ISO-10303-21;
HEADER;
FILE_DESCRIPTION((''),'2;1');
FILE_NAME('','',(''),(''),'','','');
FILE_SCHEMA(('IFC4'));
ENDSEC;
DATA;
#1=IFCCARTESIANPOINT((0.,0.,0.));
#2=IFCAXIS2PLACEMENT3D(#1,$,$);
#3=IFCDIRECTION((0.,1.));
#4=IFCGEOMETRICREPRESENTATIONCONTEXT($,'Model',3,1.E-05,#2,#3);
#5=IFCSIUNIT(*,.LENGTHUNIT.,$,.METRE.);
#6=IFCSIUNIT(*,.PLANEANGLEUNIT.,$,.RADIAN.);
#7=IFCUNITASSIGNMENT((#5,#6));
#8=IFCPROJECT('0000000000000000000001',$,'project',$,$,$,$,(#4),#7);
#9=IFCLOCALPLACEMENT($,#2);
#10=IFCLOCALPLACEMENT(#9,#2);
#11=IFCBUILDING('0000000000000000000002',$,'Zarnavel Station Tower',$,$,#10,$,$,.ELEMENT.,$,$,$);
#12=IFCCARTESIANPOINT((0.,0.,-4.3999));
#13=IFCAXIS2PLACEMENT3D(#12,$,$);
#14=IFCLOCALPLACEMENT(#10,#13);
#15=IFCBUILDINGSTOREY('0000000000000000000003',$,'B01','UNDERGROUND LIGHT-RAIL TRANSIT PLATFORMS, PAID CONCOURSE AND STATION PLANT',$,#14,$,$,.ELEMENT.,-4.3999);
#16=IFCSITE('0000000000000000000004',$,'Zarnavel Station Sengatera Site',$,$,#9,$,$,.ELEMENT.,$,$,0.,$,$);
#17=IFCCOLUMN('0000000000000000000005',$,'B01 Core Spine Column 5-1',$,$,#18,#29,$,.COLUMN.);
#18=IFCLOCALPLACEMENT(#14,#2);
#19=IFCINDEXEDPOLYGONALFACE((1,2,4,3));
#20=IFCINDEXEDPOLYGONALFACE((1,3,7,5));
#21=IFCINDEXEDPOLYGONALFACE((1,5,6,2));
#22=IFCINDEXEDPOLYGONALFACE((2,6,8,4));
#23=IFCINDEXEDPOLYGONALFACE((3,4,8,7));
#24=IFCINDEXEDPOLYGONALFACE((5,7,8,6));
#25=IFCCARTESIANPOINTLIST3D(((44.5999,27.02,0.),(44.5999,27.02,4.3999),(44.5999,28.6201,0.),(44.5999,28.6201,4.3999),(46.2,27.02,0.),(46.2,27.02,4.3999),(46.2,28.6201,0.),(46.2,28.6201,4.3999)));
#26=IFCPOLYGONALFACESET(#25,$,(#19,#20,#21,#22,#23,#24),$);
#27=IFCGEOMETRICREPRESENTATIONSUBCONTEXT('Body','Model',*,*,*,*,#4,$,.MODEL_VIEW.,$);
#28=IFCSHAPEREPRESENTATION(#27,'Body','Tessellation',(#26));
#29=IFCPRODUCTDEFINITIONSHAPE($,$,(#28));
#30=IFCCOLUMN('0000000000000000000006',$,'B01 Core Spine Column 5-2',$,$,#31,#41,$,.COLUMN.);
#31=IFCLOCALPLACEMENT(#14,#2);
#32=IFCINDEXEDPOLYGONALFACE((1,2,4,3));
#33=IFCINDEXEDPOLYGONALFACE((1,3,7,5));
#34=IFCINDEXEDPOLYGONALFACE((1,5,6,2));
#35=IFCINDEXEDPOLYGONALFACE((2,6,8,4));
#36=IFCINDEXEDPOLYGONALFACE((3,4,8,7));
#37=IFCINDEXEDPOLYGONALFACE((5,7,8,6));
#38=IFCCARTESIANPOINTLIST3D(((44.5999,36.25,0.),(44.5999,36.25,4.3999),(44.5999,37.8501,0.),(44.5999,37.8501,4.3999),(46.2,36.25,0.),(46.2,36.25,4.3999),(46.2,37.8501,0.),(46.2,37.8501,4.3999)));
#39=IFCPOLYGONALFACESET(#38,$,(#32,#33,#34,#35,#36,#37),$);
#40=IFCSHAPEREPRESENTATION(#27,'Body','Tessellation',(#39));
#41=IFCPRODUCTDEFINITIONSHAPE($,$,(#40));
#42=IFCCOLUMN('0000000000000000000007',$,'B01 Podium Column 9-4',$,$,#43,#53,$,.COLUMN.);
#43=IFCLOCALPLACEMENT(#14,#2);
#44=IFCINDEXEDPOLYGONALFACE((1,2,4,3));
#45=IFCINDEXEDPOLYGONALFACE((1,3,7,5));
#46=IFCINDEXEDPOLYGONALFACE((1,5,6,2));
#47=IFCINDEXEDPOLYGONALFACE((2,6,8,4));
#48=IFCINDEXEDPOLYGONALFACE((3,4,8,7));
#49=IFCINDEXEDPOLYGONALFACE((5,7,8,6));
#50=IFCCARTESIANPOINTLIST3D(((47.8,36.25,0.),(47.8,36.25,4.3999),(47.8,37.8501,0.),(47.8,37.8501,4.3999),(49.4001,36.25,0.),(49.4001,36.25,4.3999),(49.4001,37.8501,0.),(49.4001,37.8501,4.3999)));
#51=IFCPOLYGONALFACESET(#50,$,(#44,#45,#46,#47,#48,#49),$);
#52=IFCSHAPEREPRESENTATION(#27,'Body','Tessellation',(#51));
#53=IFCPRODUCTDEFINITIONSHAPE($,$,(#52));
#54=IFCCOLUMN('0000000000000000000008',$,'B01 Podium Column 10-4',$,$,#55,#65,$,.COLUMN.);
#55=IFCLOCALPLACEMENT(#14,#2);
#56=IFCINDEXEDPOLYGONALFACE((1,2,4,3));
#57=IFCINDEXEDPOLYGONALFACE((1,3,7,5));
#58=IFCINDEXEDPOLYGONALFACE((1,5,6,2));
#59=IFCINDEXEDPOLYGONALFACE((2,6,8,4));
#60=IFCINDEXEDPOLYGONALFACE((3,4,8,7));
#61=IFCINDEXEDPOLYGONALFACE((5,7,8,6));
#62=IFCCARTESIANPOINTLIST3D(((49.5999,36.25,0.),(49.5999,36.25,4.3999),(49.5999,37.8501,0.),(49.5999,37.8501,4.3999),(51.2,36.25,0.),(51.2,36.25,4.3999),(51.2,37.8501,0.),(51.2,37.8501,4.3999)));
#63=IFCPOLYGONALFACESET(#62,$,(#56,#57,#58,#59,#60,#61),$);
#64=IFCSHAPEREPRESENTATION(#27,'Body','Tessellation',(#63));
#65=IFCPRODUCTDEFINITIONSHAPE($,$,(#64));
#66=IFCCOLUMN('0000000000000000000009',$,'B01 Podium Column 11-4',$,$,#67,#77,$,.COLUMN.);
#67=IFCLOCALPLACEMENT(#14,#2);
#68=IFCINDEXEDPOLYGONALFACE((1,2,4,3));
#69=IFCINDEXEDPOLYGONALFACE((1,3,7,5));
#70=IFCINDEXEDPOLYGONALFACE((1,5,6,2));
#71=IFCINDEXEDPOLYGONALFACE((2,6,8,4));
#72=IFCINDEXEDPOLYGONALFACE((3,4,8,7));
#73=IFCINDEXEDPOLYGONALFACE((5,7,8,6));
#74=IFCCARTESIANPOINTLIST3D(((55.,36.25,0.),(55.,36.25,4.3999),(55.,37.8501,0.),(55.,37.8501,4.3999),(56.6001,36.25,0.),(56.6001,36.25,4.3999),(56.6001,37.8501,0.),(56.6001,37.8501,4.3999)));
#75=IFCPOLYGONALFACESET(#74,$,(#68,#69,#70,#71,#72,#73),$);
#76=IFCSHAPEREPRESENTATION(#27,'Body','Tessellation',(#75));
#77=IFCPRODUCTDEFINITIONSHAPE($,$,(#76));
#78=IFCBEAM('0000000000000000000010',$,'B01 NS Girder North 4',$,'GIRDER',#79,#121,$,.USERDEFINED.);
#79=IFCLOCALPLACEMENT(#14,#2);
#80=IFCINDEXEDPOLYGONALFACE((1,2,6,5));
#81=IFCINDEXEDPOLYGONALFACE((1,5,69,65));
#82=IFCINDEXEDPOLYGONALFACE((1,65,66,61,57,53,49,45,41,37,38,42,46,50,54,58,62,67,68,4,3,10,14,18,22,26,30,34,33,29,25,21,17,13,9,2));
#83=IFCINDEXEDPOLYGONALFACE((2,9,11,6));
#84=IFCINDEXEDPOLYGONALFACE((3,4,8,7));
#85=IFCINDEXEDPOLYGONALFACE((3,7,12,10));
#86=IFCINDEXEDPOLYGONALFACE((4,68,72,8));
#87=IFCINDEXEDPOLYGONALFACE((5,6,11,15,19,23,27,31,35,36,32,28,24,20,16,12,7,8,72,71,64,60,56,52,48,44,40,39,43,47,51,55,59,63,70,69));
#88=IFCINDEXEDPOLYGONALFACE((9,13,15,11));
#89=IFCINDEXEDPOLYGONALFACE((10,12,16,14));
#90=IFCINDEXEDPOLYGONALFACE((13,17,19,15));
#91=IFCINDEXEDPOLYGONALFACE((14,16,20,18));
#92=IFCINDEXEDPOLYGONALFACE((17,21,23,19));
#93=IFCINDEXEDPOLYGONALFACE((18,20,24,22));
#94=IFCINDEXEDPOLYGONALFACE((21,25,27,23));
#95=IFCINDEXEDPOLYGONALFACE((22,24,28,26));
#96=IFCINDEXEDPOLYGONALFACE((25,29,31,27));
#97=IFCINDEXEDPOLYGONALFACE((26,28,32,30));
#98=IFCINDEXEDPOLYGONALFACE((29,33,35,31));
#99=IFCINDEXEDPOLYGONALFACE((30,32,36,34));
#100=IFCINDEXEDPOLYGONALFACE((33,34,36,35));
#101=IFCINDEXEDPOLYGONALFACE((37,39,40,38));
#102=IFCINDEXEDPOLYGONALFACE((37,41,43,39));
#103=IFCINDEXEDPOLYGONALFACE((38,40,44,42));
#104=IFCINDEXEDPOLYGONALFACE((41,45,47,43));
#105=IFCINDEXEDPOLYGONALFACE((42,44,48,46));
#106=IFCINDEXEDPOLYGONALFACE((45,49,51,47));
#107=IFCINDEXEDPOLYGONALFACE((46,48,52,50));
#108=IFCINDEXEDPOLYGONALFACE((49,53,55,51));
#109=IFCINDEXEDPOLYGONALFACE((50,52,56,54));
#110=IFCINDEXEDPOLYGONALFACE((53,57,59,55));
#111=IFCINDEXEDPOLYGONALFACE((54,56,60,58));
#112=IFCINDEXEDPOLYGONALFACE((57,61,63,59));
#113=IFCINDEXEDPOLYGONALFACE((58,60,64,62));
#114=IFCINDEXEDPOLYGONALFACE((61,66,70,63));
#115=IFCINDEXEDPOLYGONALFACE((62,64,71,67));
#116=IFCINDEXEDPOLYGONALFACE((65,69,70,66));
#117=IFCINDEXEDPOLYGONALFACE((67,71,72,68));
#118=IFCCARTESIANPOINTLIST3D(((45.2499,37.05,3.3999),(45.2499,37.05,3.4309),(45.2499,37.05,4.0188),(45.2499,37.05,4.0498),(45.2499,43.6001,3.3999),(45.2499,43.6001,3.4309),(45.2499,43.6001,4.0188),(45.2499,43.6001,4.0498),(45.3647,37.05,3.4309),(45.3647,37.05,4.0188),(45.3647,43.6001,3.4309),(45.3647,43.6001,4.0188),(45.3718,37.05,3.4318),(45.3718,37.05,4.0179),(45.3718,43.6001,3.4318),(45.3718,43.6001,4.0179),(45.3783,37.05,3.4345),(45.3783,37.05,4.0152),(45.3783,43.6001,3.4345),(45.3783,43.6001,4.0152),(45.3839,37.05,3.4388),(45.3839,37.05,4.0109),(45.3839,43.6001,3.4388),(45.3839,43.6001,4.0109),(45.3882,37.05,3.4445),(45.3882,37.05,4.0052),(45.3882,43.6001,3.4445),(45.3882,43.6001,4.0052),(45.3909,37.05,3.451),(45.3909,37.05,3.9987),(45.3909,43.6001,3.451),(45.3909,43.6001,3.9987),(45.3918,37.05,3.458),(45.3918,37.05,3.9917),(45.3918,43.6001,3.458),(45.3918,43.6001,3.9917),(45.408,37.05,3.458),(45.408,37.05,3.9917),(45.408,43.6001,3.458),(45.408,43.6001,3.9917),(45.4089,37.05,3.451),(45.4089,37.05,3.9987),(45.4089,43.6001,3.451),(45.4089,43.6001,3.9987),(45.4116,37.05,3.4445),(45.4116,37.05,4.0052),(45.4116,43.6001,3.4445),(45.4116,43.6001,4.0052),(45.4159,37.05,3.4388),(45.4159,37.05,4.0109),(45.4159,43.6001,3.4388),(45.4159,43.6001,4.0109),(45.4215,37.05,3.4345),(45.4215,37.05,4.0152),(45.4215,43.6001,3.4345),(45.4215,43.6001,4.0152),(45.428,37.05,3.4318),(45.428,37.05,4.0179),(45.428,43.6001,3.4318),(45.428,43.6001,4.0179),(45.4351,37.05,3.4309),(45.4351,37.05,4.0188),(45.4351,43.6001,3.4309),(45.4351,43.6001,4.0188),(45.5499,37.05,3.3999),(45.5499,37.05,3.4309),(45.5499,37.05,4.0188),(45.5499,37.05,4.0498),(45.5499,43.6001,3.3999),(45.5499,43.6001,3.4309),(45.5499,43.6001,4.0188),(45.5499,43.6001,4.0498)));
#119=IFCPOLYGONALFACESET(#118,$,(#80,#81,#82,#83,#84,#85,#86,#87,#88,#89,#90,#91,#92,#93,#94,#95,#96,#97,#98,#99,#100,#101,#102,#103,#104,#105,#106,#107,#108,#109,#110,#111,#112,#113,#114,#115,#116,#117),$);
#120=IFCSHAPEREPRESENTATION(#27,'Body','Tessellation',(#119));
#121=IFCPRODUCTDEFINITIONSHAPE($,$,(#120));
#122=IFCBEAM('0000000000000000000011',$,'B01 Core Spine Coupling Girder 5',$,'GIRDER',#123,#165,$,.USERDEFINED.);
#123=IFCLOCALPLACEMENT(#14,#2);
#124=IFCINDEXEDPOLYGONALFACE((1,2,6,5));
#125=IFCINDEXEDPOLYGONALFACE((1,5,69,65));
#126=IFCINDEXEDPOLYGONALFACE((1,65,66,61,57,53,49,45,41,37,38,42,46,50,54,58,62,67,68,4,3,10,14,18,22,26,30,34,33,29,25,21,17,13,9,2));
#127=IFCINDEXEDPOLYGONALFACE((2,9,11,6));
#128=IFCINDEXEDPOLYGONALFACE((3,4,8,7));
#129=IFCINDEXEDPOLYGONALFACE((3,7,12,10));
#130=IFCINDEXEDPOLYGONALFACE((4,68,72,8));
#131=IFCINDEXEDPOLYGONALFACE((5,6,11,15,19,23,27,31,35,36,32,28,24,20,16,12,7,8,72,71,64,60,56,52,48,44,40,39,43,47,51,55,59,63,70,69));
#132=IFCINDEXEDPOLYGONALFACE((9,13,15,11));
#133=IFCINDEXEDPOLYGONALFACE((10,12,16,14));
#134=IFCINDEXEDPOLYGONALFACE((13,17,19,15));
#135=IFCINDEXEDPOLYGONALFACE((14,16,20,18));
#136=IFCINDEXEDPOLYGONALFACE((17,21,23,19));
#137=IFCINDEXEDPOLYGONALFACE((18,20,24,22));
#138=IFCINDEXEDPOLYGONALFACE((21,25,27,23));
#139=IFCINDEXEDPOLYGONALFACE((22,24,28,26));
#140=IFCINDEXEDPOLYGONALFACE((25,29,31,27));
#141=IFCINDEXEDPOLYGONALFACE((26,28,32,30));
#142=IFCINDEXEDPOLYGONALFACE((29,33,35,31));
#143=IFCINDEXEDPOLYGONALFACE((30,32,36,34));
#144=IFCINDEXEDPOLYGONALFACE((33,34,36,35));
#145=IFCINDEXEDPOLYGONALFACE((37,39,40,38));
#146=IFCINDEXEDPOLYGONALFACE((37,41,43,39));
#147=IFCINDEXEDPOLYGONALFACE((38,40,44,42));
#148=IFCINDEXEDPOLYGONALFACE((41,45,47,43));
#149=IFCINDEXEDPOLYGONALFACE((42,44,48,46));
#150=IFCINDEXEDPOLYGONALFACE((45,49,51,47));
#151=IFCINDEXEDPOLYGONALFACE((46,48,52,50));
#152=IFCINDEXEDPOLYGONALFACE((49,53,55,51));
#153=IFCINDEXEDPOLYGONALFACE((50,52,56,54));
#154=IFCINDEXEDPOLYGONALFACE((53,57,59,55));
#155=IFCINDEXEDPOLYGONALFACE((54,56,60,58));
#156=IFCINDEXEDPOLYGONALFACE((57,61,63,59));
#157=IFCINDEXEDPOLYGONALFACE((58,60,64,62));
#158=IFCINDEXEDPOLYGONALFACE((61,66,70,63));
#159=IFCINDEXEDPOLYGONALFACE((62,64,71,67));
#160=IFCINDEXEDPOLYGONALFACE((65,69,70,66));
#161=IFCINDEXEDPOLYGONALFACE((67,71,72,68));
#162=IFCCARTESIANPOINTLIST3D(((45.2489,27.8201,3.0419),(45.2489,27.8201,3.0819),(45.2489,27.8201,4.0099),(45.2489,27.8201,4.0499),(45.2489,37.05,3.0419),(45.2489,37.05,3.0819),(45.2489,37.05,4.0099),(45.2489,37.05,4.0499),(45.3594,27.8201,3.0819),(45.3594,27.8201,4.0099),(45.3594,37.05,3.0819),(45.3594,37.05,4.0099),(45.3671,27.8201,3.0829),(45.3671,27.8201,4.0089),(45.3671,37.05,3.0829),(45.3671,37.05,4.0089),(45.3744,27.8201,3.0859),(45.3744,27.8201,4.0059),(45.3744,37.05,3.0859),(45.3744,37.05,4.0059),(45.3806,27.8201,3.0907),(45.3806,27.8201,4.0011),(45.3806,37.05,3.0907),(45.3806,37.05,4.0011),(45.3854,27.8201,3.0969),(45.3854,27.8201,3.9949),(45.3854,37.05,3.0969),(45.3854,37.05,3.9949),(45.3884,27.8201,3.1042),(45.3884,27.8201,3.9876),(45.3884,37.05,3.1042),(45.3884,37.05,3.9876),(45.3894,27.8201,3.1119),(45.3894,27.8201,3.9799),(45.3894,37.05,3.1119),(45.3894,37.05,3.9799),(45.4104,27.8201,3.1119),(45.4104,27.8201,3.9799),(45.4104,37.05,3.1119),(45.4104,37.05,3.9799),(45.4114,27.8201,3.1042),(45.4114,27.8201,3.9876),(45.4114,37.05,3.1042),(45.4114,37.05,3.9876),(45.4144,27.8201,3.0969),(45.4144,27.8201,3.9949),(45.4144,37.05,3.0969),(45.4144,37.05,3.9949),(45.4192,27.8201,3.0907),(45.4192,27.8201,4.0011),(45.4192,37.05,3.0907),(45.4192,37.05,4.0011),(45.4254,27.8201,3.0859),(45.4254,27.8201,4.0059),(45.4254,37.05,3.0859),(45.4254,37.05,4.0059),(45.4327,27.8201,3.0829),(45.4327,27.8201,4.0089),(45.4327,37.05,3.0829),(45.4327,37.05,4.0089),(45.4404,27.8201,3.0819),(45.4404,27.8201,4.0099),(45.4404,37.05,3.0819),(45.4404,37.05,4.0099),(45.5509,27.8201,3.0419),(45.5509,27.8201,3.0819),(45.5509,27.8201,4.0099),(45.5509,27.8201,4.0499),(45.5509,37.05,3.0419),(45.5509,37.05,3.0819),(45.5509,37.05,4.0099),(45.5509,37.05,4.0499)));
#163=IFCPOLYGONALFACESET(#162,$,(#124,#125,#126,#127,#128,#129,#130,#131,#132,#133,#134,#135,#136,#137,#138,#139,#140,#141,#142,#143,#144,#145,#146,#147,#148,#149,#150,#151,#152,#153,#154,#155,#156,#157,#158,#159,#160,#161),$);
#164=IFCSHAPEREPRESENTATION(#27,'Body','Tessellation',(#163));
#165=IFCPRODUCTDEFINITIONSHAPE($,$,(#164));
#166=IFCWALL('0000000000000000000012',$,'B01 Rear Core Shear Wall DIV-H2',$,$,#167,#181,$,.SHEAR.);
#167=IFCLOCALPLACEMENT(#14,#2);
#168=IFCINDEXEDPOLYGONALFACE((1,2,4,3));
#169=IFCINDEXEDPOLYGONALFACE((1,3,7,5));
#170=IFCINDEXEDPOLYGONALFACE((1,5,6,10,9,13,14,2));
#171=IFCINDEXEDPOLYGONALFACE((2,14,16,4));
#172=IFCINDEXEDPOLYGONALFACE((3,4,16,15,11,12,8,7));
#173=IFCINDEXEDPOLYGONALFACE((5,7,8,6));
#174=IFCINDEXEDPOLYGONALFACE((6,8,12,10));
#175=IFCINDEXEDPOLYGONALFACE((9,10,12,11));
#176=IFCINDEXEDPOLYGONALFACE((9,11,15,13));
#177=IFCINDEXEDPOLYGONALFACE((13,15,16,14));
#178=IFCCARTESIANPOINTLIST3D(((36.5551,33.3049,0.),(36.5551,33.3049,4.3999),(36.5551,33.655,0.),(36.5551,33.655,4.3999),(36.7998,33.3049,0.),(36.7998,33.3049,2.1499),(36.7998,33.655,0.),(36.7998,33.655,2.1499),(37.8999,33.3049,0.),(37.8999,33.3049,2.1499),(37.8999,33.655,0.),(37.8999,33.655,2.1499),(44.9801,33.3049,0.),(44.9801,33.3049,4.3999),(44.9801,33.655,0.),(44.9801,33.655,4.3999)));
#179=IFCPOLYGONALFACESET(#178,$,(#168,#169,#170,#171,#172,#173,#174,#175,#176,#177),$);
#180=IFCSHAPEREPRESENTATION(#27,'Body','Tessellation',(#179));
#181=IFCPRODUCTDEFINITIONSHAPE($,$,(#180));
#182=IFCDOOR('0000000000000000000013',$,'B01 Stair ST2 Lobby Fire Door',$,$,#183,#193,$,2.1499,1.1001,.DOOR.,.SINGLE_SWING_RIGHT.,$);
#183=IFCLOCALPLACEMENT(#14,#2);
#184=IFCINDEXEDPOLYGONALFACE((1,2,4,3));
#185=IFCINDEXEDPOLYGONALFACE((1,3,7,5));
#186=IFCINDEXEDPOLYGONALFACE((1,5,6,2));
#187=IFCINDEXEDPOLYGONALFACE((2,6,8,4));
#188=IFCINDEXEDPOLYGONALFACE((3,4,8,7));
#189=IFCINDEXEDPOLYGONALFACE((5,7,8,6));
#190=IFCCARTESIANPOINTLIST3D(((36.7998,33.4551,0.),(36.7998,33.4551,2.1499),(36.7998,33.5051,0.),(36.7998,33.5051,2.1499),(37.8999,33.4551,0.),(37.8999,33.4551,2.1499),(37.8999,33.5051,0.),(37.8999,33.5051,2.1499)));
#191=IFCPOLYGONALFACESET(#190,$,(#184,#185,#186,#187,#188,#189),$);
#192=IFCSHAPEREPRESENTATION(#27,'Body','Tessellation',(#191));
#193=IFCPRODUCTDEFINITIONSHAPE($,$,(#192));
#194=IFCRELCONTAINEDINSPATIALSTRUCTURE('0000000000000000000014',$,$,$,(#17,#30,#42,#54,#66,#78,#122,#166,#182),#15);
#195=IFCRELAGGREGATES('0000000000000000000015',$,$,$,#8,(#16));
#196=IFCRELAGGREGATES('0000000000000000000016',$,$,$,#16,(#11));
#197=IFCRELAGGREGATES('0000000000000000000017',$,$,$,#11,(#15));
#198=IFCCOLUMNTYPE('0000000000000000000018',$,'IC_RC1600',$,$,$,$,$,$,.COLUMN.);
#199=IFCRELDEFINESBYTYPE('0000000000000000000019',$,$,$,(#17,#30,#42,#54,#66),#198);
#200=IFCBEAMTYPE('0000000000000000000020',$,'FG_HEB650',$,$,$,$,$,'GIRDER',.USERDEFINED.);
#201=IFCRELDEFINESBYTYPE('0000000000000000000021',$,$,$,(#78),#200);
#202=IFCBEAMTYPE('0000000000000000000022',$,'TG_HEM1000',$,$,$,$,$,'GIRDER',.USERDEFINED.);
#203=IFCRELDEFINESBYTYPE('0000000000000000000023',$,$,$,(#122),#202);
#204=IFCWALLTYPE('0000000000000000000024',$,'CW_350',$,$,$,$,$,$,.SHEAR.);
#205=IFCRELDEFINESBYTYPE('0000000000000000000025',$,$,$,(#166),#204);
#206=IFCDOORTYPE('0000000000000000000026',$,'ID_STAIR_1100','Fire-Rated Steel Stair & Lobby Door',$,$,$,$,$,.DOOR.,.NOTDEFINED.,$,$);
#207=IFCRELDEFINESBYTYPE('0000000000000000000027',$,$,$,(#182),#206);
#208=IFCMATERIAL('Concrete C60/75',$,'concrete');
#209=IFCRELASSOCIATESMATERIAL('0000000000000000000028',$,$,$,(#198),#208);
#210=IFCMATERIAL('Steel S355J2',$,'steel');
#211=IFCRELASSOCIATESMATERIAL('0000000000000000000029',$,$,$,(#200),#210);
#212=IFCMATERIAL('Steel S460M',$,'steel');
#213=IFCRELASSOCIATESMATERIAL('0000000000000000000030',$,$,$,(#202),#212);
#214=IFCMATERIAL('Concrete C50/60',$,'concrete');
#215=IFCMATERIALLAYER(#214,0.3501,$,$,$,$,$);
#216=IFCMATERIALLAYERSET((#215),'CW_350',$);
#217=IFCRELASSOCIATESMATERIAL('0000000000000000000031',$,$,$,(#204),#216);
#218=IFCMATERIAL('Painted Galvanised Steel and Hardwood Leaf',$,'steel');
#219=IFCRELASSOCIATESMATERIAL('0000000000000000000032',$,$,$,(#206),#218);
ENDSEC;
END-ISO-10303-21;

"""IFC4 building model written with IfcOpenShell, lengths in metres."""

from ifc_helpers import new_model, si_unit, direction, frame, frame_2d, origin, origin_2d, place, context, subcontext, project, spatial, rectangle, i_section, extrude, material, layer, layer_set, material_profile, profile_set, type_object, element, fill, save


model = new_model("IFC4")

# Units and contexts
model_context = context("Model", 3, precision=1e-05, world=origin(), true_north=direction((0.0, 1.0)))
body_context = subcontext(model_context, "Body", "Model", "MODEL_VIEW")
ifc_project = project(units=[si_unit("LENGTHUNIT", "METRE"), si_unit("PLANEANGLEUNIT", "RADIAN")], contexts=[model_context])

# Site, building, storey
site_placement = place(None, origin())
site = spatial("IfcSite", under=ifc_project, at=site_placement, Name="Zarnavel Station Sengatera Site", CompositionType="ELEMENT", RefElevation=0.0)
building_placement = place(site_placement, origin())
building = spatial("IfcBuilding", under=site, at=building_placement, Name="Zarnavel Station Tower", CompositionType="ELEMENT")
storey_placement = place(building_placement, frame((0.0, 0.0, -4.3999)))
storey = spatial("IfcBuildingStorey", under=building, at=storey_placement, Name="B01", Description="UNDERGROUND LIGHT-RAIL TRANSIT PLATFORMS, PAID CONCOURSE AND STATION PLANT", CompositionType="ELEMENT", Elevation=-4.3999)

# Columns
ifc_material_1 = material(Name="Concrete C60/75", Category="concrete")
ifc_material_profile_1 = material_profile(ifc_material_1, rectangle(XDim=1.6001, YDim=1.6001, at=origin_2d()), Name="RC1600x1600")
ifc_profile_set_1 = profile_set([ifc_material_profile_1], Name="Concrete C60/75")
column_type = type_object("IfcColumnType", Name="IC_RC1600", PredefinedType="COLUMN", material=ifc_profile_set_1)
for number, where, z_axis, x_axis, name in (
    (1, (45.3999, 27.8201, 0.0), (0.0, 0.0, 1.0), (1.0, 0.0, 0.0), "B01 Core Spine Column 5-1"),
    (2, (45.3999, 37.05, 0.0), (0.0, 0.0, 1.0), (1.0, 0.0, 0.0), "B01 Core Spine Column 5-2"),
    (3, (48.6001, 37.05, 0.0), (0.0, 0.0, 1.0), (1.0, 0.0, 0.0), "B01 Podium Column 9-4"),
    (4, (50.3999, 37.05, 0.0), (0.0, 0.0, 1.0), (1.0, 0.0, 0.0), "B01 Podium Column 10-4"),
    (5, (55.8, 37.05, 0.0), (0.0, 0.0, 1.0), (1.0, 0.0, 0.0), "B01 Podium Column 11-4"),
):
    element("IfcColumn", number, at=place(storey_placement, frame(where, z_axis=z_axis, x_axis=x_axis)), inside=storey, type_object=column_type, Name=name, PredefinedType="COLUMN", context=body_context, shape_type="SweptSolid", body=[
        extrude(rectangle(XDim=1.6001, YDim=1.6001, at=origin_2d()), origin(), (0.0, 0.0, 1.0), 4.3999),
    ])

# Beams
ifc_material_2 = material(Name="Steel S355J2", Category="steel")
ifc_material_profile_2 = material_profile(ifc_material_2, i_section(OverallWidth=0.3, OverallDepth=0.6499, WebThickness=0.0161, FlangeThickness=0.031, FilletRadius=0.0271, at=origin_2d()), Name="HEB650")
ifc_profile_set_2 = profile_set([ifc_material_profile_2], Name="Steel S355J2")
beam_type_1 = type_object("IfcBeamType", Name="FG_HEB650", ElementType="GIRDER", PredefinedType="USERDEFINED", material=ifc_profile_set_2)
beam_1_placement = place(storey_placement, frame((45.3999, 37.05, 3.7249), z_axis=(0.0, 1.0, 0.0), x_axis=(-1.0, 0.0, 0.0)))
element("IfcBeam", 6, at=beam_1_placement, inside=storey, type_object=beam_type_1, Name="B01 NS Girder North 4", ObjectType="GIRDER", PredefinedType="USERDEFINED", context=body_context, shape_type="SweptSolid", body=[
    extrude(i_section(OverallWidth=0.3, OverallDepth=0.6499, WebThickness=0.0161, FlangeThickness=0.031, FilletRadius=0.0271, at=origin_2d()), origin(), (0.0, 0.0, 1.0), 6.55),
])
ifc_material_3 = material(Name="Steel S460M", Category="steel")
ifc_material_profile_3 = material_profile(ifc_material_3, i_section(OverallWidth=0.302, OverallDepth=1.0081, WebThickness=0.021, FlangeThickness=0.04, FilletRadius=0.03, at=origin_2d()), Name="HEM1000")
ifc_profile_set_3 = profile_set([ifc_material_profile_3], Name="Steel S460M")
beam_type_2 = type_object("IfcBeamType", Name="TG_HEM1000", ElementType="GIRDER", PredefinedType="USERDEFINED", material=ifc_profile_set_3)
beam_2_placement = place(storey_placement, frame((45.3999, 27.8201, 3.5459), z_axis=(0.0, 1.0, 0.0), x_axis=(-1.0, 0.0, 0.0)))
element("IfcBeam", 7, at=beam_2_placement, inside=storey, type_object=beam_type_2, Name="B01 Core Spine Coupling Girder 5", ObjectType="GIRDER", PredefinedType="USERDEFINED", context=body_context, shape_type="SweptSolid", body=[
    extrude(i_section(OverallWidth=0.302, OverallDepth=1.0081, WebThickness=0.021, FlangeThickness=0.04, FilletRadius=0.03, at=origin_2d()), origin(), (0.0, 0.0, 1.0), 9.23),
])

# Wall, opening, door
ifc_material_4 = material(Name="Concrete C50/60", Category="concrete")
ifc_layer_1 = layer(ifc_material_4, 0.3501)
ifc_layer_set_1 = layer_set([ifc_layer_1], Name="CW_350")
wall_type_1 = type_object("IfcWallType", Name="CW_350", PredefinedType="SHEAR", material=ifc_layer_set_1)
wall_1_placement = place(storey_placement, frame((44.98, 33.48, 0.0), z_axis=(0.0, 0.0, 1.0), x_axis=(-1.0, 0.0, 0.0)))
wall_1 = element("IfcWall", 8, at=wall_1_placement, inside=storey, type_object=wall_type_1, Name="B01 Rear Core Shear Wall DIV-H2", PredefinedType="SHEAR", context=body_context, shape_type="SweptSolid", body=[
    extrude(rectangle(XDim=8.425, YDim=0.3501, at=frame_2d((4.2124, 0.0))), origin(), (0.0, 0.0, 1.0), 4.3999),
])
opening_1_placement = place(wall_1_placement, frame((7.0801, 0.0, 0.0)))
opening_1 = element("IfcOpeningElement", 9, at=opening_1_placement, cuts=wall_1, PredefinedType="OPENING", context=body_context, shape_type="SweptSolid", body=[
    extrude(rectangle(XDim=1.1001, YDim=2.1499, at=frame_2d((0.55, 1.075))), frame((0.0, 0.1851, 0.0), z_axis=(0.0, -1.0, 0.0), x_axis=(1.0, 0.0, 0.0)), (0.0, 0.0, 1.0), 0.3701),
])
ifc_material_5 = material(Name="Painted Galvanised Steel and Hardwood Leaf", Category="steel")
door_type_1 = type_object("IfcDoorType", Name="ID_STAIR_1100", Description="Fire-Rated Steel Stair & Lobby Door", OperationType="NOTDEFINED", PredefinedType="DOOR", material=ifc_material_5)
door_1_placement = place(opening_1_placement, origin())
door_1 = element("IfcDoor", 10, at=door_1_placement, inside=storey, type_object=door_type_1, Name="B01 Stair ST2 Lobby Fire Door", OperationType="SINGLE_SWING_RIGHT", OverallHeight=2.1499, OverallWidth=1.1001, PredefinedType="DOOR", context=body_context, shape_type="SweptSolid", body=[
    extrude(rectangle(XDim=1.1001, YDim=2.1499, at=frame_2d((0.55, 1.075))), frame((0.0, 0.0249, 0.0), z_axis=(0.0, -1.0, 0.0), x_axis=(1.0, 0.0, 0.0)), (0.0, 0.0, 1.0), 0.05),
])
fill(opening_1, door_1)

save(model, "model.ifc")
